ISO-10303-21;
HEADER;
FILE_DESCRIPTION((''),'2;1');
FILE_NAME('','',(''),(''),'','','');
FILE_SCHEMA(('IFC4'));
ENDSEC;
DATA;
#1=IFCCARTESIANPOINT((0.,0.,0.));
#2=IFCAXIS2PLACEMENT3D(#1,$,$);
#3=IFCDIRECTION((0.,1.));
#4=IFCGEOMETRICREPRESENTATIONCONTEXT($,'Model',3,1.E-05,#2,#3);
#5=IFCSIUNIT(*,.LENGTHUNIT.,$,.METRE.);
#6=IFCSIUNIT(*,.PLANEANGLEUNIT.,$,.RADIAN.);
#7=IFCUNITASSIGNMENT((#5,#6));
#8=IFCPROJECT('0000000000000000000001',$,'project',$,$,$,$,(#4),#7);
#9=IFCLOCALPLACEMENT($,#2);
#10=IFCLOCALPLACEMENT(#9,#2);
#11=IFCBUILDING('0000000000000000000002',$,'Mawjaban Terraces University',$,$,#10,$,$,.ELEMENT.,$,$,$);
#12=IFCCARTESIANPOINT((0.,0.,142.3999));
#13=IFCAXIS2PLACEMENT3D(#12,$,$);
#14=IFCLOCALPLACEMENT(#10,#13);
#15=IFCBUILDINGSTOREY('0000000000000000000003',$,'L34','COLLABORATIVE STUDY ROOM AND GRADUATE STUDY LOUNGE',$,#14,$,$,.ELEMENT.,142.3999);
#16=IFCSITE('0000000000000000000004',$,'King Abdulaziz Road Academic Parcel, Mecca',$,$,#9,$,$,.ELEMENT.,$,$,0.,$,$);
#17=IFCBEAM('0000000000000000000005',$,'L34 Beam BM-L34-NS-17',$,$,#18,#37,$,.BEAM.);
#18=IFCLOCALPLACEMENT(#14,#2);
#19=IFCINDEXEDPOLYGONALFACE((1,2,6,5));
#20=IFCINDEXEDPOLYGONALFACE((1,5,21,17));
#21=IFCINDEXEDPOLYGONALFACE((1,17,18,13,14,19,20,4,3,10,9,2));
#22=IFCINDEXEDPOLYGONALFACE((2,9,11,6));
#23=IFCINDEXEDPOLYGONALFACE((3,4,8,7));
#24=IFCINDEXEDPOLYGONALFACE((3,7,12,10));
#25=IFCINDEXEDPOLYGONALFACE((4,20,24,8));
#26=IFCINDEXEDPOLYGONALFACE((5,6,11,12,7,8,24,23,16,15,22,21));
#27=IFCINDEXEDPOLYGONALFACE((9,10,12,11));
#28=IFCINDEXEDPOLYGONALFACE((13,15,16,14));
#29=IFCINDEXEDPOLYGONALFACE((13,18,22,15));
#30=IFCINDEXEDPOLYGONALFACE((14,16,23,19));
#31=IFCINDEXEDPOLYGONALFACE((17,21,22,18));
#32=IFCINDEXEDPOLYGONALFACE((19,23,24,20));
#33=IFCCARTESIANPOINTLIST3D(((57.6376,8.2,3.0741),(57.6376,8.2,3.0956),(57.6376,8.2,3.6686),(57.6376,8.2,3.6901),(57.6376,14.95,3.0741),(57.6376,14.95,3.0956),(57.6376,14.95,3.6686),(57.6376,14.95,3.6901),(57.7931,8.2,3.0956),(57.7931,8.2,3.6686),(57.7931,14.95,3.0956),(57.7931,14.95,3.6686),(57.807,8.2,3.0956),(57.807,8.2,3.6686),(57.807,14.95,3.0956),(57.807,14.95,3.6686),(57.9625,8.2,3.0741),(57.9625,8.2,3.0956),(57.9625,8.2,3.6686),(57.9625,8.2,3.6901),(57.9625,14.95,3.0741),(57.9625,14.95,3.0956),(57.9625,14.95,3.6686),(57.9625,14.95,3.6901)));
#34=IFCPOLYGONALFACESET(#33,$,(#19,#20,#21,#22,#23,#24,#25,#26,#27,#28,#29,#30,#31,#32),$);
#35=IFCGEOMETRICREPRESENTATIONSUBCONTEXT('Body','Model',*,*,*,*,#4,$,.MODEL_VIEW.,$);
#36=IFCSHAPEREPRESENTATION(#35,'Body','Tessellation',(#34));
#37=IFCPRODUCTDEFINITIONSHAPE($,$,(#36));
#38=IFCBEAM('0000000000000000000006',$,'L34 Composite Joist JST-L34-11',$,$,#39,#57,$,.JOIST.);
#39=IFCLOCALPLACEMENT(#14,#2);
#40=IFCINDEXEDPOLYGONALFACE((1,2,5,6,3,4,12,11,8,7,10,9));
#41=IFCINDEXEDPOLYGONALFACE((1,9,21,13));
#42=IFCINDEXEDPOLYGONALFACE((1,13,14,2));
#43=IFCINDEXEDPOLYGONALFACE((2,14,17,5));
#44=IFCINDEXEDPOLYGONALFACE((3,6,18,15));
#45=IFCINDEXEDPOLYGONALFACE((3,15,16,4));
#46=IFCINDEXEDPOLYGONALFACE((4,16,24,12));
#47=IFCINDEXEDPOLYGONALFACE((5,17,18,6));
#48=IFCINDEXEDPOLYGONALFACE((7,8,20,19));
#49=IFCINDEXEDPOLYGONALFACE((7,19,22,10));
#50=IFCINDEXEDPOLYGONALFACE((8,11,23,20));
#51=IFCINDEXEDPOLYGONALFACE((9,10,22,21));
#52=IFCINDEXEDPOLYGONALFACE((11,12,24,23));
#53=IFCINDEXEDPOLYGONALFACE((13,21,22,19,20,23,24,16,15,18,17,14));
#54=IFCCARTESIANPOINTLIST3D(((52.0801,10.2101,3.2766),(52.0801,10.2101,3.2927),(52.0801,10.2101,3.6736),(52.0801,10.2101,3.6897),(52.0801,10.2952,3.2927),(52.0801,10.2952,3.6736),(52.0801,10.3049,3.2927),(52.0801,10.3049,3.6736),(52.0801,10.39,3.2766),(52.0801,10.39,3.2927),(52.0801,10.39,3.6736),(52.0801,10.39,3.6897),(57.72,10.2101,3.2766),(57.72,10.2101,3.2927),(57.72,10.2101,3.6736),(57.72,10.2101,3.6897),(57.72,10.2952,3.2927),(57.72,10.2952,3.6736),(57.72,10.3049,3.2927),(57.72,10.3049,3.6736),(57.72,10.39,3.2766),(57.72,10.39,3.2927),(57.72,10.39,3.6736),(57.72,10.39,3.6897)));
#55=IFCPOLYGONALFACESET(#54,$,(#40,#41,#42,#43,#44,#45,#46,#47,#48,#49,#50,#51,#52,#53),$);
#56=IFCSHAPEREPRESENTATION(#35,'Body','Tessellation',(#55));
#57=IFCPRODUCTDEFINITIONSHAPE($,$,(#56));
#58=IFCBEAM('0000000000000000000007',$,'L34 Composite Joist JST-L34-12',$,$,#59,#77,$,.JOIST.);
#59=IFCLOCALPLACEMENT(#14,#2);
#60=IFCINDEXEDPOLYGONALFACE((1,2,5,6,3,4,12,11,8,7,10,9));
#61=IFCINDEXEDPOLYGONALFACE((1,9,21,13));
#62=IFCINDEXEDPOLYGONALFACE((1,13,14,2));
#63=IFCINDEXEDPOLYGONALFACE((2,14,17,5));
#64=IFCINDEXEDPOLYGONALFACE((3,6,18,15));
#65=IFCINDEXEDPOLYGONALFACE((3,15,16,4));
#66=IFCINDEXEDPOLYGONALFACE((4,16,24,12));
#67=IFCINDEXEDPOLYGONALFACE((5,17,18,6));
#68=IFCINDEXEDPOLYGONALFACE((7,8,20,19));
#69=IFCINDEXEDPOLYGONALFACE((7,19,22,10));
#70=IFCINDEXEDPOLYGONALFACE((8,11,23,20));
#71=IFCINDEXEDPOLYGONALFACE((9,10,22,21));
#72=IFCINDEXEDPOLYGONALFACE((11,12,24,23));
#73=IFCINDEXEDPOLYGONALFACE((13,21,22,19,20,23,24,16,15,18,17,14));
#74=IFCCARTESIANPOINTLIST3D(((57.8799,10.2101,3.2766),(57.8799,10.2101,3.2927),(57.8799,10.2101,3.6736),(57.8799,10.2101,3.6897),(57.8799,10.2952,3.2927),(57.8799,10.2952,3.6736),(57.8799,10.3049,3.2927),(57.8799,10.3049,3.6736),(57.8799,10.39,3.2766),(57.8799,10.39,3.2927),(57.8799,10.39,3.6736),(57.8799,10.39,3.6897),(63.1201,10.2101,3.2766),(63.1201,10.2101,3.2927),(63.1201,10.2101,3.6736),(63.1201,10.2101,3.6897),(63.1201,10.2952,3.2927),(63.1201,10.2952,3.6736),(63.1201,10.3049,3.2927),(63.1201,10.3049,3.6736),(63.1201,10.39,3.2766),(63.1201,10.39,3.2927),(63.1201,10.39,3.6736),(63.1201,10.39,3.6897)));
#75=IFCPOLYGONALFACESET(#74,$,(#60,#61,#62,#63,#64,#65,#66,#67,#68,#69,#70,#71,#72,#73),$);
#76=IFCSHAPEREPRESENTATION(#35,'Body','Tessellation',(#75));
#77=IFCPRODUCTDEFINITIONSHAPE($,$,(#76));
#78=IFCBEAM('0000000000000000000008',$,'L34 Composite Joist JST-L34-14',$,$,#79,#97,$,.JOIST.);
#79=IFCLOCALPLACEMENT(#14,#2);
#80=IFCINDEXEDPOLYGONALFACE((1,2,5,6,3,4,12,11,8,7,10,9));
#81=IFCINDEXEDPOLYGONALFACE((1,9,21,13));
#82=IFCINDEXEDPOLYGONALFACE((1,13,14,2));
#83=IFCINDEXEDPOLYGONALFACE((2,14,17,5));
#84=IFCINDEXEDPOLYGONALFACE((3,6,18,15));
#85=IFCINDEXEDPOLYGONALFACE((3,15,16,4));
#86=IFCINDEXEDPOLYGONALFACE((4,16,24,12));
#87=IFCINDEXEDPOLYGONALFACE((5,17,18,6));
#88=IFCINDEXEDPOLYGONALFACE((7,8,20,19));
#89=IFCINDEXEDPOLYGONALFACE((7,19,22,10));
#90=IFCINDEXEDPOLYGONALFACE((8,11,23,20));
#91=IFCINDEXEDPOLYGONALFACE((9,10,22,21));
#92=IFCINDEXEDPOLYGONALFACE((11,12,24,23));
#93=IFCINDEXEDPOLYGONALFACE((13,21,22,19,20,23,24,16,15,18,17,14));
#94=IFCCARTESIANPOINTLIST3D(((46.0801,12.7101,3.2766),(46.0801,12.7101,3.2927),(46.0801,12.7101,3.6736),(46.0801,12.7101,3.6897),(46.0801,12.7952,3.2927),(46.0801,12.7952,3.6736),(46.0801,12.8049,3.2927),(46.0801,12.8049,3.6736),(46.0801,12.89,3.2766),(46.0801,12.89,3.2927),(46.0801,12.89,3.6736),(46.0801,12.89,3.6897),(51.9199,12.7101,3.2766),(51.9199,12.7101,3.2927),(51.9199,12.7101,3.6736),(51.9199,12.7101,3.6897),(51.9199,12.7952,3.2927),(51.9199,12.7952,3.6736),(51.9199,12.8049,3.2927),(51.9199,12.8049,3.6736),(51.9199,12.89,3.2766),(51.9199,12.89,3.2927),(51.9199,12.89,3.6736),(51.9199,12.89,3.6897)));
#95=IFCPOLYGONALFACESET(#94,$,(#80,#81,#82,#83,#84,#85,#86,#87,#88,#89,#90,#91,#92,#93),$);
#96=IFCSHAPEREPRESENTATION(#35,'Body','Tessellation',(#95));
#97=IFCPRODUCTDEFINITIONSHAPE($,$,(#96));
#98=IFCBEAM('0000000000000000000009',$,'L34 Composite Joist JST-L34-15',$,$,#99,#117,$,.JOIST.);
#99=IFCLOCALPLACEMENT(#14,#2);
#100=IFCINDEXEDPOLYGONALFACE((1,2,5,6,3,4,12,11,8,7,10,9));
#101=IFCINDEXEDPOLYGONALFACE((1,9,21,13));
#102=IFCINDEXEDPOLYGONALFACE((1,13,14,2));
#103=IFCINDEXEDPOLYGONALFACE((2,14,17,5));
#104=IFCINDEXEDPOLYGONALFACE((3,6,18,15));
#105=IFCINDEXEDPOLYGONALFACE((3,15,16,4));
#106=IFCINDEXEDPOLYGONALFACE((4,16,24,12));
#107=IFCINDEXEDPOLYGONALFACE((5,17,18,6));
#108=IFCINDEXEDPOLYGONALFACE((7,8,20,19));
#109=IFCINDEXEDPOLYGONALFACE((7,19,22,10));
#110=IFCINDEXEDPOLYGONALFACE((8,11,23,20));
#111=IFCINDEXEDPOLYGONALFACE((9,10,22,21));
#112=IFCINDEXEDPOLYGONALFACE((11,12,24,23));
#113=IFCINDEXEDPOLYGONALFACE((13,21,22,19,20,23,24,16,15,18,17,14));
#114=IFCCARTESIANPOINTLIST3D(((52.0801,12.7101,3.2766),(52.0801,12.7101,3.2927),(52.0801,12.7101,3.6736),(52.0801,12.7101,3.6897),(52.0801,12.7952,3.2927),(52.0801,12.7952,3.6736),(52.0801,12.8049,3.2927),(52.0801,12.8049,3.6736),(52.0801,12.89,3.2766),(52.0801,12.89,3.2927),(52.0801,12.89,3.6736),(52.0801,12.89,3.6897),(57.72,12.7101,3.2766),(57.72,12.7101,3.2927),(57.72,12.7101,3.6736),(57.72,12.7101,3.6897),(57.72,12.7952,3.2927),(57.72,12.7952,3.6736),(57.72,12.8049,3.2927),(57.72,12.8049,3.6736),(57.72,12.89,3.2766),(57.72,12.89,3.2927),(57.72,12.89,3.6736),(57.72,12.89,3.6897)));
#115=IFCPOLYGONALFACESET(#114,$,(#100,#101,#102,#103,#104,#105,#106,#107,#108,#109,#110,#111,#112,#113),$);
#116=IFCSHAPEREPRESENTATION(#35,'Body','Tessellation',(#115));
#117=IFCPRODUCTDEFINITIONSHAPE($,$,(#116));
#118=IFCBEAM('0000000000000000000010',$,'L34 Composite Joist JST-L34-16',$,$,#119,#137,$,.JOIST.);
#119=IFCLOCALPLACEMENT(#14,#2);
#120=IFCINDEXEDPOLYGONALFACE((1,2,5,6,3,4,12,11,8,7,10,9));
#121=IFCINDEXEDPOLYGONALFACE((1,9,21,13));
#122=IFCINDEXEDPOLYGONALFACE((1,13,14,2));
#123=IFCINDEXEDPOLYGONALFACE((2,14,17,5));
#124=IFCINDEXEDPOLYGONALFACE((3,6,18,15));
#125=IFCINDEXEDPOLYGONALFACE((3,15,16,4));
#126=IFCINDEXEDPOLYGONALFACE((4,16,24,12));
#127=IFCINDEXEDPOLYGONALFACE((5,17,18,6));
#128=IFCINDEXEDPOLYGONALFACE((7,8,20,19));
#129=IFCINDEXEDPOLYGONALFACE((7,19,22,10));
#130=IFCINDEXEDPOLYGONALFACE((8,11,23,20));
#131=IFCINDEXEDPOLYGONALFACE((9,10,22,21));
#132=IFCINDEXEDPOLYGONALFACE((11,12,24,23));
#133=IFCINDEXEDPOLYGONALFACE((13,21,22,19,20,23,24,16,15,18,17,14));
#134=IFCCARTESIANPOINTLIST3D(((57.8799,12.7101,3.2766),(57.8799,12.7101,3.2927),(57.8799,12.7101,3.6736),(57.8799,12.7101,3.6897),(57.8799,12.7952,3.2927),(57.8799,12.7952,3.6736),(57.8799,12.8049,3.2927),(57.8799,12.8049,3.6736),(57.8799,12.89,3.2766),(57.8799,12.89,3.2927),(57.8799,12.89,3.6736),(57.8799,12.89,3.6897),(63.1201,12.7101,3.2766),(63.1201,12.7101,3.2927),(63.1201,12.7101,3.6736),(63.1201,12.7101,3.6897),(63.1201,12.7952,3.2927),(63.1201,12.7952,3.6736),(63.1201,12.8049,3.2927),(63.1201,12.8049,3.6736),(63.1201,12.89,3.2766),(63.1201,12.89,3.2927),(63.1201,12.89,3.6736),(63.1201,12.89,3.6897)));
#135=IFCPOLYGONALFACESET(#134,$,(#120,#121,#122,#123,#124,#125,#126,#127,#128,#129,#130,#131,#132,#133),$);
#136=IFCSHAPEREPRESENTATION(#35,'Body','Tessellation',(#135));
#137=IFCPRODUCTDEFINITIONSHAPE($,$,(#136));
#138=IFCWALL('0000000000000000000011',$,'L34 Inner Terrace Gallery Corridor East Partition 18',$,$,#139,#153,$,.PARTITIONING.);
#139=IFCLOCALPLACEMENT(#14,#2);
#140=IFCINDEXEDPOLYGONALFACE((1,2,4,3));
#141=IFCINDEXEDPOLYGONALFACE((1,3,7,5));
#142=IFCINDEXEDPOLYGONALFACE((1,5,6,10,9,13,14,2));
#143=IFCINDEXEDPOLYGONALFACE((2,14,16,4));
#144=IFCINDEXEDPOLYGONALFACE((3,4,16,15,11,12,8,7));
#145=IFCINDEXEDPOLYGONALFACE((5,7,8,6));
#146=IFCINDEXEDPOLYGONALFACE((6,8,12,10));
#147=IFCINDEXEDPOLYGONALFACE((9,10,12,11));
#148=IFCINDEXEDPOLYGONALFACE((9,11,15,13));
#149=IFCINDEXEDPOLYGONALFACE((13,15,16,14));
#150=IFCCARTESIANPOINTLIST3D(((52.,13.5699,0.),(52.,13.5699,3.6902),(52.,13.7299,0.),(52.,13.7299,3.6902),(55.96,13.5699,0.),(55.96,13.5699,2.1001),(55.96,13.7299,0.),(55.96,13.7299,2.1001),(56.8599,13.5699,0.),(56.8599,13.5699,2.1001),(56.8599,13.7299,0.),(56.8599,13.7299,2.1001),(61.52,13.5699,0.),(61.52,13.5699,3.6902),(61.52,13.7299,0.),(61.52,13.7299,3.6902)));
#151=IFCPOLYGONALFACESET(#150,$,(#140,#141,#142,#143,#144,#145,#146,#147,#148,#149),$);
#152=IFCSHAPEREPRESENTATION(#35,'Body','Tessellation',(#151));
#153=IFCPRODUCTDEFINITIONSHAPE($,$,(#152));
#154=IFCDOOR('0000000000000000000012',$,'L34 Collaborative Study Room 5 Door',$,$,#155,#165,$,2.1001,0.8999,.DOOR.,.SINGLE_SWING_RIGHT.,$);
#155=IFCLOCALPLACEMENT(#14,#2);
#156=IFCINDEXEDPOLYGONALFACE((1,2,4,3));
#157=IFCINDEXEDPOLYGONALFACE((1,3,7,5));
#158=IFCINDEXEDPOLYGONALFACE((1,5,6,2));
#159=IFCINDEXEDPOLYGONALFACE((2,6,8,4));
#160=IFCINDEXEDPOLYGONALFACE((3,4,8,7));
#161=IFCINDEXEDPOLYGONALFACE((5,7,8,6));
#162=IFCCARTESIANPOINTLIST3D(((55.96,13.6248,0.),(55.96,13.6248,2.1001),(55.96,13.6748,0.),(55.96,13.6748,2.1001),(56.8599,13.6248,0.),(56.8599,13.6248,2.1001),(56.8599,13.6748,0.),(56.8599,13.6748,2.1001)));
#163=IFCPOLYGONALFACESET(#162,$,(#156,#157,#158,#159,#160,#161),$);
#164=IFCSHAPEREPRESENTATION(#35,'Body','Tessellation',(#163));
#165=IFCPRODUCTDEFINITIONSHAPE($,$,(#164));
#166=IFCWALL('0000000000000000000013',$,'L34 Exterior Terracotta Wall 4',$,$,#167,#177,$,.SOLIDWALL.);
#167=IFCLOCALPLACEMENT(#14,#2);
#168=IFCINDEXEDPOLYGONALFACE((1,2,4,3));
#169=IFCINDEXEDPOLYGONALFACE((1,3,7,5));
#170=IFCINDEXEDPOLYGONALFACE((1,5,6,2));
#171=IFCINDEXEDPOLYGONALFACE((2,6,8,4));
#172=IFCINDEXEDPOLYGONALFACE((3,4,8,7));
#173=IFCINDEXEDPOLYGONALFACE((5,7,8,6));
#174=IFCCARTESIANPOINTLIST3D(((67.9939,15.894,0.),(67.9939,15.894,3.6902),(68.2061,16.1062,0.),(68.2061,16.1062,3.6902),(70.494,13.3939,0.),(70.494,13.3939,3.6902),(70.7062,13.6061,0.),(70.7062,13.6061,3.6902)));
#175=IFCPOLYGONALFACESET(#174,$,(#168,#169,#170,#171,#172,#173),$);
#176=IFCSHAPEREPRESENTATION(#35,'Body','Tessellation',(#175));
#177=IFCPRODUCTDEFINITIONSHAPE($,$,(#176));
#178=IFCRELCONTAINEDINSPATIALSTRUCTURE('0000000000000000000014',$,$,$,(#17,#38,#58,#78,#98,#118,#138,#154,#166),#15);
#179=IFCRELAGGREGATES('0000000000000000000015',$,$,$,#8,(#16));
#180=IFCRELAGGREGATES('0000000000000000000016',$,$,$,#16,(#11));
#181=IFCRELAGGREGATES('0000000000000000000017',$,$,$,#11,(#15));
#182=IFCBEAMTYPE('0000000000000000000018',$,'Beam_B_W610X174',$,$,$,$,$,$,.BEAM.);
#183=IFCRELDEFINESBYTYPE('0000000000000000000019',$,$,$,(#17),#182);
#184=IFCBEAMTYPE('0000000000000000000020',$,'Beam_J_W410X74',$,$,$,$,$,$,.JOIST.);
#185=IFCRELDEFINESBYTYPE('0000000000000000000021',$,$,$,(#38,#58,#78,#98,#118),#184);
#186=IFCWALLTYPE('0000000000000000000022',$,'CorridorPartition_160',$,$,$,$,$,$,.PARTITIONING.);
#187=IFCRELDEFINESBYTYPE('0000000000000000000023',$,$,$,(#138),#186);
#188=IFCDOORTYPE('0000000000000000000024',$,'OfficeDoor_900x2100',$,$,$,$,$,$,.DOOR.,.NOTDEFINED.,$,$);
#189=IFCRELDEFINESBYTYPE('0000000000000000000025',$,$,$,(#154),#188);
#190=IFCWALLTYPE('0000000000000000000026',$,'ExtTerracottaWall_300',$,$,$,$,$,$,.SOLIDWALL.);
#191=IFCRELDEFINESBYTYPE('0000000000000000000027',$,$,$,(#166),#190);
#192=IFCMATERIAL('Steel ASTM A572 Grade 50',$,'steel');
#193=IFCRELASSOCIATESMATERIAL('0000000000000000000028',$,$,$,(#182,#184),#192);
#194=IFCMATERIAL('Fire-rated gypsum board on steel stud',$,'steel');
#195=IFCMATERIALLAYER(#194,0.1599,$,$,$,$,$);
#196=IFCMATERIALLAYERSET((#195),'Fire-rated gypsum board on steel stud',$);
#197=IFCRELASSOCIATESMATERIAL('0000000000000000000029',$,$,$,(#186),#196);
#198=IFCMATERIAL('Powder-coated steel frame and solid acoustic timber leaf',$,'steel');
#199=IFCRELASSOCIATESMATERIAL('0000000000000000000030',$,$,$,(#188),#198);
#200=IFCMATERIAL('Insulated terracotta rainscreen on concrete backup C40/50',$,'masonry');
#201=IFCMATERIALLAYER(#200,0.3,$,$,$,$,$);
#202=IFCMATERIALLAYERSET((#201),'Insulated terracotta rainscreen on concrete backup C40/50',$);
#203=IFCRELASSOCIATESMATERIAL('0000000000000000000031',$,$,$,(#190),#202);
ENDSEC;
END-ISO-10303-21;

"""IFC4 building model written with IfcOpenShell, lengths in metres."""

from ifc_helpers import new_model, si_unit, direction, frame, frame_2d, origin, origin_2d, place, context, subcontext, project, spatial, rectangle, i_section, extrude, material, layer, layer_set, material_profile, profile_set, type_object, element, fill, save


model = new_model("IFC4")

# Units and contexts
model_context = context("Model", 3, precision=1e-05, world=origin(), true_north=direction((0.0, 1.0)))
body_context = subcontext(model_context, "Body", "Model", "MODEL_VIEW")
ifc_project = project(units=[si_unit("LENGTHUNIT", "METRE"), si_unit("PLANEANGLEUNIT", "RADIAN")], contexts=[model_context])

# Site, building, storey
site_placement = place(None, origin())
site = spatial("IfcSite", under=ifc_project, at=site_placement, Name="King Abdulaziz Road Academic Parcel, Mecca", CompositionType="ELEMENT", RefElevation=0.0)
building_placement = place(site_placement, origin())
building = spatial("IfcBuilding", under=site, at=building_placement, Name="Mawjaban Terraces University", CompositionType="ELEMENT")
storey_placement = place(building_placement, frame((0.0, 0.0, 142.3999)))
storey = spatial("IfcBuildingStorey", under=building, at=storey_placement, Name="L34", Description="COLLABORATIVE STUDY ROOM AND GRADUATE STUDY LOUNGE", CompositionType="ELEMENT", Elevation=142.3999)

# Beams
ifc_material_1 = material(Name="Steel ASTM A572 Grade 50", Category="steel")
ifc_material_profile_1 = material_profile(ifc_material_1, i_section(OverallWidth=0.325, OverallDepth=0.616, WebThickness=0.0139, FlangeThickness=0.0215, at=origin_2d()), Name="W610X174")
ifc_profile_set_1 = profile_set([ifc_material_profile_1], Name="Steel ASTM A572 Grade 50")
beam_type_1 = type_object("IfcBeamType", Name="Beam_B_W610X174", PredefinedType="BEAM", material=ifc_profile_set_1)
beam_1_placement = place(storey_placement, frame((57.8, 8.2, 3.3821), z_axis=(0.0, 1.0, 0.0), x_axis=(-1.0, 0.0, 0.0)))
element("IfcBeam", 1, at=beam_1_placement, inside=storey, type_object=beam_type_1, Name="L34 Beam BM-L34-NS-17", PredefinedType="BEAM", context=body_context, shape_type="SweptSolid", body=[
    extrude(i_section(OverallWidth=0.325, OverallDepth=0.616, WebThickness=0.0139, FlangeThickness=0.0215, at=origin_2d()), origin(), (0.0, 0.0, 1.0), 6.75),
])
ifc_material_profile_2 = material_profile(ifc_material_1, i_section(OverallWidth=0.1799, OverallDepth=0.4131, WebThickness=0.0098, FlangeThickness=0.0161, at=origin_2d()), Name="W410X74")
ifc_profile_set_2 = profile_set([ifc_material_profile_2], Name="Steel ASTM A572 Grade 50")
beam_type_2 = type_object("IfcBeamType", Name="Beam_J_W410X74", PredefinedType="JOIST", material=ifc_profile_set_2)
beam_2_placement = place(storey_placement, frame((52.0801, 10.3, 3.4832), z_axis=(1.0, 0.0, 0.0), x_axis=(0.0, 1.0, 0.0)))
element("IfcBeam", 2, at=beam_2_placement, inside=storey, type_object=beam_type_2, Name="L34 Composite Joist JST-L34-11", PredefinedType="JOIST", context=body_context, shape_type="SweptSolid", body=[
    extrude(i_section(OverallWidth=0.1799, OverallDepth=0.4131, WebThickness=0.0098, FlangeThickness=0.0161, at=origin_2d()), origin(), (0.0, 0.0, 1.0), 5.6399),
])
beam_3_placement = place(storey_placement, frame((57.8799, 10.3, 3.4832), z_axis=(1.0, 0.0, 0.0), x_axis=(0.0, 1.0, 0.0)))
element("IfcBeam", 3, at=beam_3_placement, inside=storey, type_object=beam_type_2, Name="L34 Composite Joist JST-L34-12", PredefinedType="JOIST", context=body_context, shape_type="SweptSolid", body=[
    extrude(i_section(OverallWidth=0.1799, OverallDepth=0.4131, WebThickness=0.0098, FlangeThickness=0.0161, at=origin_2d()), origin(), (0.0, 0.0, 1.0), 5.2402),
])
beam_4_placement = place(storey_placement, frame((46.0801, 12.8, 3.4832), z_axis=(1.0, 0.0, 0.0), x_axis=(0.0, 1.0, 0.0)))
element("IfcBeam", 4, at=beam_4_placement, inside=storey, type_object=beam_type_2, Name="L34 Composite Joist JST-L34-14", PredefinedType="JOIST", context=body_context, shape_type="SweptSolid", body=[
    extrude(i_section(OverallWidth=0.1799, OverallDepth=0.4131, WebThickness=0.0098, FlangeThickness=0.0161, at=origin_2d()), origin(), (0.0, 0.0, 1.0), 5.8398),
])
beam_5_placement = place(storey_placement, frame((52.0801, 12.8, 3.4832), z_axis=(1.0, 0.0, 0.0), x_axis=(0.0, 1.0, 0.0)))
element("IfcBeam", 5, at=beam_5_placement, inside=storey, type_object=beam_type_2, Name="L34 Composite Joist JST-L34-15", PredefinedType="JOIST", context=body_context, shape_type="SweptSolid", body=[
    extrude(i_section(OverallWidth=0.1799, OverallDepth=0.4131, WebThickness=0.0098, FlangeThickness=0.0161, at=origin_2d()), origin(), (0.0, 0.0, 1.0), 5.6399),
])
beam_6_placement = place(storey_placement, frame((57.8799, 12.8, 3.4832), z_axis=(1.0, 0.0, 0.0), x_axis=(0.0, 1.0, 0.0)))
element("IfcBeam", 6, at=beam_6_placement, inside=storey, type_object=beam_type_2, Name="L34 Composite Joist JST-L34-16", PredefinedType="JOIST", context=body_context, shape_type="SweptSolid", body=[
    extrude(i_section(OverallWidth=0.1799, OverallDepth=0.4131, WebThickness=0.0098, FlangeThickness=0.0161, at=origin_2d()), origin(), (0.0, 0.0, 1.0), 5.2402),
])

# Wall, opening, door
ifc_material_2 = material(Name="Fire-rated gypsum board on steel stud", Category="steel")
ifc_layer_1 = layer(ifc_material_2, 0.1599)
ifc_layer_set_1 = layer_set([ifc_layer_1], Name="Fire-rated gypsum board on steel stud")
wall_type_1 = type_object("IfcWallType", Name="CorridorPartition_160", PredefinedType="PARTITIONING", material=ifc_layer_set_1)
wall_1_placement = place(storey_placement, frame((52.0, 13.6499, 0.0), z_axis=(0.0, 0.0, 1.0), x_axis=(1.0, 0.0, 0.0)))
wall_1 = element("IfcWall", 7, at=wall_1_placement, inside=storey, type_object=wall_type_1, Name="L34 Inner Terrace Gallery Corridor East Partition 18", PredefinedType="PARTITIONING", context=body_context, shape_type="SweptSolid", body=[
    extrude(rectangle(XDim=9.52, YDim=0.1599, at=frame_2d((4.76, 0.0))), origin(), (0.0, 0.0, 1.0), 3.6902),
])
opening_1_placement = place(wall_1_placement, frame((3.96, 0.0, 0.0)))
opening_1 = element("IfcOpeningElement", 8, at=opening_1_placement, cuts=wall_1, PredefinedType="OPENING", context=body_context, shape_type="SweptSolid", body=[
    extrude(rectangle(XDim=0.8999, YDim=2.1001, at=frame_2d((0.45, 1.05))), frame((0.0, 0.0898, 0.0), z_axis=(0.0, -1.0, 0.0), x_axis=(1.0, 0.0, 0.0)), (0.0, 0.0, 1.0), 0.1799),
])
ifc_material_3 = material(Name="Powder-coated steel frame and solid acoustic timber leaf", Category="steel")
door_type_1 = type_object("IfcDoorType", Name="OfficeDoor_900x2100", OperationType="NOTDEFINED", PredefinedType="DOOR", material=ifc_material_3)
door_1_placement = place(opening_1_placement, origin())
door_1 = element("IfcDoor", 9, at=door_1_placement, inside=storey, type_object=door_type_1, Name="L34 Collaborative Study Room 5 Door", OperationType="SINGLE_SWING_RIGHT", OverallHeight=2.1001, OverallWidth=0.8999, PredefinedType="DOOR", context=body_context, shape_type="SweptSolid", body=[
    extrude(rectangle(XDim=0.8999, YDim=2.1001, at=frame_2d((0.45, 1.05))), frame((0.0, 0.0249, 0.0), z_axis=(0.0, -1.0, 0.0), x_axis=(1.0, 0.0, 0.0)), (0.0, 0.0, 1.0), 0.05),
])
fill(opening_1, door_1)

# Wall
ifc_material_4 = material(Name="Insulated terracotta rainscreen on concrete backup C40/50", Category="masonry")
ifc_layer_2 = layer(ifc_material_4, 0.3)
ifc_layer_set_2 = layer_set([ifc_layer_2], Name="Insulated terracotta rainscreen on concrete backup C40/50")
wall_type_2 = type_object("IfcWallType", Name="ExtTerracottaWall_300", PredefinedType="SOLIDWALL", material=ifc_layer_set_2)
wall_2_placement = place(storey_placement, frame((70.6001, 13.5, 0.0), z_axis=(0.0, 0.0, 1.0), x_axis=(-0.707107, 0.707107, 0.0)))
element("IfcWall", 10, at=wall_2_placement, inside=storey, type_object=wall_type_2, Name="L34 Exterior Terracotta Wall 4", PredefinedType="SOLIDWALL", context=body_context, shape_type="SweptSolid", body=[
    extrude(rectangle(XDim=3.5356, YDim=0.3, at=frame_2d((1.7678, 0.0))), origin(), (0.0, 0.0, 1.0), 3.6902),
])

save(model, "model.ifc")
